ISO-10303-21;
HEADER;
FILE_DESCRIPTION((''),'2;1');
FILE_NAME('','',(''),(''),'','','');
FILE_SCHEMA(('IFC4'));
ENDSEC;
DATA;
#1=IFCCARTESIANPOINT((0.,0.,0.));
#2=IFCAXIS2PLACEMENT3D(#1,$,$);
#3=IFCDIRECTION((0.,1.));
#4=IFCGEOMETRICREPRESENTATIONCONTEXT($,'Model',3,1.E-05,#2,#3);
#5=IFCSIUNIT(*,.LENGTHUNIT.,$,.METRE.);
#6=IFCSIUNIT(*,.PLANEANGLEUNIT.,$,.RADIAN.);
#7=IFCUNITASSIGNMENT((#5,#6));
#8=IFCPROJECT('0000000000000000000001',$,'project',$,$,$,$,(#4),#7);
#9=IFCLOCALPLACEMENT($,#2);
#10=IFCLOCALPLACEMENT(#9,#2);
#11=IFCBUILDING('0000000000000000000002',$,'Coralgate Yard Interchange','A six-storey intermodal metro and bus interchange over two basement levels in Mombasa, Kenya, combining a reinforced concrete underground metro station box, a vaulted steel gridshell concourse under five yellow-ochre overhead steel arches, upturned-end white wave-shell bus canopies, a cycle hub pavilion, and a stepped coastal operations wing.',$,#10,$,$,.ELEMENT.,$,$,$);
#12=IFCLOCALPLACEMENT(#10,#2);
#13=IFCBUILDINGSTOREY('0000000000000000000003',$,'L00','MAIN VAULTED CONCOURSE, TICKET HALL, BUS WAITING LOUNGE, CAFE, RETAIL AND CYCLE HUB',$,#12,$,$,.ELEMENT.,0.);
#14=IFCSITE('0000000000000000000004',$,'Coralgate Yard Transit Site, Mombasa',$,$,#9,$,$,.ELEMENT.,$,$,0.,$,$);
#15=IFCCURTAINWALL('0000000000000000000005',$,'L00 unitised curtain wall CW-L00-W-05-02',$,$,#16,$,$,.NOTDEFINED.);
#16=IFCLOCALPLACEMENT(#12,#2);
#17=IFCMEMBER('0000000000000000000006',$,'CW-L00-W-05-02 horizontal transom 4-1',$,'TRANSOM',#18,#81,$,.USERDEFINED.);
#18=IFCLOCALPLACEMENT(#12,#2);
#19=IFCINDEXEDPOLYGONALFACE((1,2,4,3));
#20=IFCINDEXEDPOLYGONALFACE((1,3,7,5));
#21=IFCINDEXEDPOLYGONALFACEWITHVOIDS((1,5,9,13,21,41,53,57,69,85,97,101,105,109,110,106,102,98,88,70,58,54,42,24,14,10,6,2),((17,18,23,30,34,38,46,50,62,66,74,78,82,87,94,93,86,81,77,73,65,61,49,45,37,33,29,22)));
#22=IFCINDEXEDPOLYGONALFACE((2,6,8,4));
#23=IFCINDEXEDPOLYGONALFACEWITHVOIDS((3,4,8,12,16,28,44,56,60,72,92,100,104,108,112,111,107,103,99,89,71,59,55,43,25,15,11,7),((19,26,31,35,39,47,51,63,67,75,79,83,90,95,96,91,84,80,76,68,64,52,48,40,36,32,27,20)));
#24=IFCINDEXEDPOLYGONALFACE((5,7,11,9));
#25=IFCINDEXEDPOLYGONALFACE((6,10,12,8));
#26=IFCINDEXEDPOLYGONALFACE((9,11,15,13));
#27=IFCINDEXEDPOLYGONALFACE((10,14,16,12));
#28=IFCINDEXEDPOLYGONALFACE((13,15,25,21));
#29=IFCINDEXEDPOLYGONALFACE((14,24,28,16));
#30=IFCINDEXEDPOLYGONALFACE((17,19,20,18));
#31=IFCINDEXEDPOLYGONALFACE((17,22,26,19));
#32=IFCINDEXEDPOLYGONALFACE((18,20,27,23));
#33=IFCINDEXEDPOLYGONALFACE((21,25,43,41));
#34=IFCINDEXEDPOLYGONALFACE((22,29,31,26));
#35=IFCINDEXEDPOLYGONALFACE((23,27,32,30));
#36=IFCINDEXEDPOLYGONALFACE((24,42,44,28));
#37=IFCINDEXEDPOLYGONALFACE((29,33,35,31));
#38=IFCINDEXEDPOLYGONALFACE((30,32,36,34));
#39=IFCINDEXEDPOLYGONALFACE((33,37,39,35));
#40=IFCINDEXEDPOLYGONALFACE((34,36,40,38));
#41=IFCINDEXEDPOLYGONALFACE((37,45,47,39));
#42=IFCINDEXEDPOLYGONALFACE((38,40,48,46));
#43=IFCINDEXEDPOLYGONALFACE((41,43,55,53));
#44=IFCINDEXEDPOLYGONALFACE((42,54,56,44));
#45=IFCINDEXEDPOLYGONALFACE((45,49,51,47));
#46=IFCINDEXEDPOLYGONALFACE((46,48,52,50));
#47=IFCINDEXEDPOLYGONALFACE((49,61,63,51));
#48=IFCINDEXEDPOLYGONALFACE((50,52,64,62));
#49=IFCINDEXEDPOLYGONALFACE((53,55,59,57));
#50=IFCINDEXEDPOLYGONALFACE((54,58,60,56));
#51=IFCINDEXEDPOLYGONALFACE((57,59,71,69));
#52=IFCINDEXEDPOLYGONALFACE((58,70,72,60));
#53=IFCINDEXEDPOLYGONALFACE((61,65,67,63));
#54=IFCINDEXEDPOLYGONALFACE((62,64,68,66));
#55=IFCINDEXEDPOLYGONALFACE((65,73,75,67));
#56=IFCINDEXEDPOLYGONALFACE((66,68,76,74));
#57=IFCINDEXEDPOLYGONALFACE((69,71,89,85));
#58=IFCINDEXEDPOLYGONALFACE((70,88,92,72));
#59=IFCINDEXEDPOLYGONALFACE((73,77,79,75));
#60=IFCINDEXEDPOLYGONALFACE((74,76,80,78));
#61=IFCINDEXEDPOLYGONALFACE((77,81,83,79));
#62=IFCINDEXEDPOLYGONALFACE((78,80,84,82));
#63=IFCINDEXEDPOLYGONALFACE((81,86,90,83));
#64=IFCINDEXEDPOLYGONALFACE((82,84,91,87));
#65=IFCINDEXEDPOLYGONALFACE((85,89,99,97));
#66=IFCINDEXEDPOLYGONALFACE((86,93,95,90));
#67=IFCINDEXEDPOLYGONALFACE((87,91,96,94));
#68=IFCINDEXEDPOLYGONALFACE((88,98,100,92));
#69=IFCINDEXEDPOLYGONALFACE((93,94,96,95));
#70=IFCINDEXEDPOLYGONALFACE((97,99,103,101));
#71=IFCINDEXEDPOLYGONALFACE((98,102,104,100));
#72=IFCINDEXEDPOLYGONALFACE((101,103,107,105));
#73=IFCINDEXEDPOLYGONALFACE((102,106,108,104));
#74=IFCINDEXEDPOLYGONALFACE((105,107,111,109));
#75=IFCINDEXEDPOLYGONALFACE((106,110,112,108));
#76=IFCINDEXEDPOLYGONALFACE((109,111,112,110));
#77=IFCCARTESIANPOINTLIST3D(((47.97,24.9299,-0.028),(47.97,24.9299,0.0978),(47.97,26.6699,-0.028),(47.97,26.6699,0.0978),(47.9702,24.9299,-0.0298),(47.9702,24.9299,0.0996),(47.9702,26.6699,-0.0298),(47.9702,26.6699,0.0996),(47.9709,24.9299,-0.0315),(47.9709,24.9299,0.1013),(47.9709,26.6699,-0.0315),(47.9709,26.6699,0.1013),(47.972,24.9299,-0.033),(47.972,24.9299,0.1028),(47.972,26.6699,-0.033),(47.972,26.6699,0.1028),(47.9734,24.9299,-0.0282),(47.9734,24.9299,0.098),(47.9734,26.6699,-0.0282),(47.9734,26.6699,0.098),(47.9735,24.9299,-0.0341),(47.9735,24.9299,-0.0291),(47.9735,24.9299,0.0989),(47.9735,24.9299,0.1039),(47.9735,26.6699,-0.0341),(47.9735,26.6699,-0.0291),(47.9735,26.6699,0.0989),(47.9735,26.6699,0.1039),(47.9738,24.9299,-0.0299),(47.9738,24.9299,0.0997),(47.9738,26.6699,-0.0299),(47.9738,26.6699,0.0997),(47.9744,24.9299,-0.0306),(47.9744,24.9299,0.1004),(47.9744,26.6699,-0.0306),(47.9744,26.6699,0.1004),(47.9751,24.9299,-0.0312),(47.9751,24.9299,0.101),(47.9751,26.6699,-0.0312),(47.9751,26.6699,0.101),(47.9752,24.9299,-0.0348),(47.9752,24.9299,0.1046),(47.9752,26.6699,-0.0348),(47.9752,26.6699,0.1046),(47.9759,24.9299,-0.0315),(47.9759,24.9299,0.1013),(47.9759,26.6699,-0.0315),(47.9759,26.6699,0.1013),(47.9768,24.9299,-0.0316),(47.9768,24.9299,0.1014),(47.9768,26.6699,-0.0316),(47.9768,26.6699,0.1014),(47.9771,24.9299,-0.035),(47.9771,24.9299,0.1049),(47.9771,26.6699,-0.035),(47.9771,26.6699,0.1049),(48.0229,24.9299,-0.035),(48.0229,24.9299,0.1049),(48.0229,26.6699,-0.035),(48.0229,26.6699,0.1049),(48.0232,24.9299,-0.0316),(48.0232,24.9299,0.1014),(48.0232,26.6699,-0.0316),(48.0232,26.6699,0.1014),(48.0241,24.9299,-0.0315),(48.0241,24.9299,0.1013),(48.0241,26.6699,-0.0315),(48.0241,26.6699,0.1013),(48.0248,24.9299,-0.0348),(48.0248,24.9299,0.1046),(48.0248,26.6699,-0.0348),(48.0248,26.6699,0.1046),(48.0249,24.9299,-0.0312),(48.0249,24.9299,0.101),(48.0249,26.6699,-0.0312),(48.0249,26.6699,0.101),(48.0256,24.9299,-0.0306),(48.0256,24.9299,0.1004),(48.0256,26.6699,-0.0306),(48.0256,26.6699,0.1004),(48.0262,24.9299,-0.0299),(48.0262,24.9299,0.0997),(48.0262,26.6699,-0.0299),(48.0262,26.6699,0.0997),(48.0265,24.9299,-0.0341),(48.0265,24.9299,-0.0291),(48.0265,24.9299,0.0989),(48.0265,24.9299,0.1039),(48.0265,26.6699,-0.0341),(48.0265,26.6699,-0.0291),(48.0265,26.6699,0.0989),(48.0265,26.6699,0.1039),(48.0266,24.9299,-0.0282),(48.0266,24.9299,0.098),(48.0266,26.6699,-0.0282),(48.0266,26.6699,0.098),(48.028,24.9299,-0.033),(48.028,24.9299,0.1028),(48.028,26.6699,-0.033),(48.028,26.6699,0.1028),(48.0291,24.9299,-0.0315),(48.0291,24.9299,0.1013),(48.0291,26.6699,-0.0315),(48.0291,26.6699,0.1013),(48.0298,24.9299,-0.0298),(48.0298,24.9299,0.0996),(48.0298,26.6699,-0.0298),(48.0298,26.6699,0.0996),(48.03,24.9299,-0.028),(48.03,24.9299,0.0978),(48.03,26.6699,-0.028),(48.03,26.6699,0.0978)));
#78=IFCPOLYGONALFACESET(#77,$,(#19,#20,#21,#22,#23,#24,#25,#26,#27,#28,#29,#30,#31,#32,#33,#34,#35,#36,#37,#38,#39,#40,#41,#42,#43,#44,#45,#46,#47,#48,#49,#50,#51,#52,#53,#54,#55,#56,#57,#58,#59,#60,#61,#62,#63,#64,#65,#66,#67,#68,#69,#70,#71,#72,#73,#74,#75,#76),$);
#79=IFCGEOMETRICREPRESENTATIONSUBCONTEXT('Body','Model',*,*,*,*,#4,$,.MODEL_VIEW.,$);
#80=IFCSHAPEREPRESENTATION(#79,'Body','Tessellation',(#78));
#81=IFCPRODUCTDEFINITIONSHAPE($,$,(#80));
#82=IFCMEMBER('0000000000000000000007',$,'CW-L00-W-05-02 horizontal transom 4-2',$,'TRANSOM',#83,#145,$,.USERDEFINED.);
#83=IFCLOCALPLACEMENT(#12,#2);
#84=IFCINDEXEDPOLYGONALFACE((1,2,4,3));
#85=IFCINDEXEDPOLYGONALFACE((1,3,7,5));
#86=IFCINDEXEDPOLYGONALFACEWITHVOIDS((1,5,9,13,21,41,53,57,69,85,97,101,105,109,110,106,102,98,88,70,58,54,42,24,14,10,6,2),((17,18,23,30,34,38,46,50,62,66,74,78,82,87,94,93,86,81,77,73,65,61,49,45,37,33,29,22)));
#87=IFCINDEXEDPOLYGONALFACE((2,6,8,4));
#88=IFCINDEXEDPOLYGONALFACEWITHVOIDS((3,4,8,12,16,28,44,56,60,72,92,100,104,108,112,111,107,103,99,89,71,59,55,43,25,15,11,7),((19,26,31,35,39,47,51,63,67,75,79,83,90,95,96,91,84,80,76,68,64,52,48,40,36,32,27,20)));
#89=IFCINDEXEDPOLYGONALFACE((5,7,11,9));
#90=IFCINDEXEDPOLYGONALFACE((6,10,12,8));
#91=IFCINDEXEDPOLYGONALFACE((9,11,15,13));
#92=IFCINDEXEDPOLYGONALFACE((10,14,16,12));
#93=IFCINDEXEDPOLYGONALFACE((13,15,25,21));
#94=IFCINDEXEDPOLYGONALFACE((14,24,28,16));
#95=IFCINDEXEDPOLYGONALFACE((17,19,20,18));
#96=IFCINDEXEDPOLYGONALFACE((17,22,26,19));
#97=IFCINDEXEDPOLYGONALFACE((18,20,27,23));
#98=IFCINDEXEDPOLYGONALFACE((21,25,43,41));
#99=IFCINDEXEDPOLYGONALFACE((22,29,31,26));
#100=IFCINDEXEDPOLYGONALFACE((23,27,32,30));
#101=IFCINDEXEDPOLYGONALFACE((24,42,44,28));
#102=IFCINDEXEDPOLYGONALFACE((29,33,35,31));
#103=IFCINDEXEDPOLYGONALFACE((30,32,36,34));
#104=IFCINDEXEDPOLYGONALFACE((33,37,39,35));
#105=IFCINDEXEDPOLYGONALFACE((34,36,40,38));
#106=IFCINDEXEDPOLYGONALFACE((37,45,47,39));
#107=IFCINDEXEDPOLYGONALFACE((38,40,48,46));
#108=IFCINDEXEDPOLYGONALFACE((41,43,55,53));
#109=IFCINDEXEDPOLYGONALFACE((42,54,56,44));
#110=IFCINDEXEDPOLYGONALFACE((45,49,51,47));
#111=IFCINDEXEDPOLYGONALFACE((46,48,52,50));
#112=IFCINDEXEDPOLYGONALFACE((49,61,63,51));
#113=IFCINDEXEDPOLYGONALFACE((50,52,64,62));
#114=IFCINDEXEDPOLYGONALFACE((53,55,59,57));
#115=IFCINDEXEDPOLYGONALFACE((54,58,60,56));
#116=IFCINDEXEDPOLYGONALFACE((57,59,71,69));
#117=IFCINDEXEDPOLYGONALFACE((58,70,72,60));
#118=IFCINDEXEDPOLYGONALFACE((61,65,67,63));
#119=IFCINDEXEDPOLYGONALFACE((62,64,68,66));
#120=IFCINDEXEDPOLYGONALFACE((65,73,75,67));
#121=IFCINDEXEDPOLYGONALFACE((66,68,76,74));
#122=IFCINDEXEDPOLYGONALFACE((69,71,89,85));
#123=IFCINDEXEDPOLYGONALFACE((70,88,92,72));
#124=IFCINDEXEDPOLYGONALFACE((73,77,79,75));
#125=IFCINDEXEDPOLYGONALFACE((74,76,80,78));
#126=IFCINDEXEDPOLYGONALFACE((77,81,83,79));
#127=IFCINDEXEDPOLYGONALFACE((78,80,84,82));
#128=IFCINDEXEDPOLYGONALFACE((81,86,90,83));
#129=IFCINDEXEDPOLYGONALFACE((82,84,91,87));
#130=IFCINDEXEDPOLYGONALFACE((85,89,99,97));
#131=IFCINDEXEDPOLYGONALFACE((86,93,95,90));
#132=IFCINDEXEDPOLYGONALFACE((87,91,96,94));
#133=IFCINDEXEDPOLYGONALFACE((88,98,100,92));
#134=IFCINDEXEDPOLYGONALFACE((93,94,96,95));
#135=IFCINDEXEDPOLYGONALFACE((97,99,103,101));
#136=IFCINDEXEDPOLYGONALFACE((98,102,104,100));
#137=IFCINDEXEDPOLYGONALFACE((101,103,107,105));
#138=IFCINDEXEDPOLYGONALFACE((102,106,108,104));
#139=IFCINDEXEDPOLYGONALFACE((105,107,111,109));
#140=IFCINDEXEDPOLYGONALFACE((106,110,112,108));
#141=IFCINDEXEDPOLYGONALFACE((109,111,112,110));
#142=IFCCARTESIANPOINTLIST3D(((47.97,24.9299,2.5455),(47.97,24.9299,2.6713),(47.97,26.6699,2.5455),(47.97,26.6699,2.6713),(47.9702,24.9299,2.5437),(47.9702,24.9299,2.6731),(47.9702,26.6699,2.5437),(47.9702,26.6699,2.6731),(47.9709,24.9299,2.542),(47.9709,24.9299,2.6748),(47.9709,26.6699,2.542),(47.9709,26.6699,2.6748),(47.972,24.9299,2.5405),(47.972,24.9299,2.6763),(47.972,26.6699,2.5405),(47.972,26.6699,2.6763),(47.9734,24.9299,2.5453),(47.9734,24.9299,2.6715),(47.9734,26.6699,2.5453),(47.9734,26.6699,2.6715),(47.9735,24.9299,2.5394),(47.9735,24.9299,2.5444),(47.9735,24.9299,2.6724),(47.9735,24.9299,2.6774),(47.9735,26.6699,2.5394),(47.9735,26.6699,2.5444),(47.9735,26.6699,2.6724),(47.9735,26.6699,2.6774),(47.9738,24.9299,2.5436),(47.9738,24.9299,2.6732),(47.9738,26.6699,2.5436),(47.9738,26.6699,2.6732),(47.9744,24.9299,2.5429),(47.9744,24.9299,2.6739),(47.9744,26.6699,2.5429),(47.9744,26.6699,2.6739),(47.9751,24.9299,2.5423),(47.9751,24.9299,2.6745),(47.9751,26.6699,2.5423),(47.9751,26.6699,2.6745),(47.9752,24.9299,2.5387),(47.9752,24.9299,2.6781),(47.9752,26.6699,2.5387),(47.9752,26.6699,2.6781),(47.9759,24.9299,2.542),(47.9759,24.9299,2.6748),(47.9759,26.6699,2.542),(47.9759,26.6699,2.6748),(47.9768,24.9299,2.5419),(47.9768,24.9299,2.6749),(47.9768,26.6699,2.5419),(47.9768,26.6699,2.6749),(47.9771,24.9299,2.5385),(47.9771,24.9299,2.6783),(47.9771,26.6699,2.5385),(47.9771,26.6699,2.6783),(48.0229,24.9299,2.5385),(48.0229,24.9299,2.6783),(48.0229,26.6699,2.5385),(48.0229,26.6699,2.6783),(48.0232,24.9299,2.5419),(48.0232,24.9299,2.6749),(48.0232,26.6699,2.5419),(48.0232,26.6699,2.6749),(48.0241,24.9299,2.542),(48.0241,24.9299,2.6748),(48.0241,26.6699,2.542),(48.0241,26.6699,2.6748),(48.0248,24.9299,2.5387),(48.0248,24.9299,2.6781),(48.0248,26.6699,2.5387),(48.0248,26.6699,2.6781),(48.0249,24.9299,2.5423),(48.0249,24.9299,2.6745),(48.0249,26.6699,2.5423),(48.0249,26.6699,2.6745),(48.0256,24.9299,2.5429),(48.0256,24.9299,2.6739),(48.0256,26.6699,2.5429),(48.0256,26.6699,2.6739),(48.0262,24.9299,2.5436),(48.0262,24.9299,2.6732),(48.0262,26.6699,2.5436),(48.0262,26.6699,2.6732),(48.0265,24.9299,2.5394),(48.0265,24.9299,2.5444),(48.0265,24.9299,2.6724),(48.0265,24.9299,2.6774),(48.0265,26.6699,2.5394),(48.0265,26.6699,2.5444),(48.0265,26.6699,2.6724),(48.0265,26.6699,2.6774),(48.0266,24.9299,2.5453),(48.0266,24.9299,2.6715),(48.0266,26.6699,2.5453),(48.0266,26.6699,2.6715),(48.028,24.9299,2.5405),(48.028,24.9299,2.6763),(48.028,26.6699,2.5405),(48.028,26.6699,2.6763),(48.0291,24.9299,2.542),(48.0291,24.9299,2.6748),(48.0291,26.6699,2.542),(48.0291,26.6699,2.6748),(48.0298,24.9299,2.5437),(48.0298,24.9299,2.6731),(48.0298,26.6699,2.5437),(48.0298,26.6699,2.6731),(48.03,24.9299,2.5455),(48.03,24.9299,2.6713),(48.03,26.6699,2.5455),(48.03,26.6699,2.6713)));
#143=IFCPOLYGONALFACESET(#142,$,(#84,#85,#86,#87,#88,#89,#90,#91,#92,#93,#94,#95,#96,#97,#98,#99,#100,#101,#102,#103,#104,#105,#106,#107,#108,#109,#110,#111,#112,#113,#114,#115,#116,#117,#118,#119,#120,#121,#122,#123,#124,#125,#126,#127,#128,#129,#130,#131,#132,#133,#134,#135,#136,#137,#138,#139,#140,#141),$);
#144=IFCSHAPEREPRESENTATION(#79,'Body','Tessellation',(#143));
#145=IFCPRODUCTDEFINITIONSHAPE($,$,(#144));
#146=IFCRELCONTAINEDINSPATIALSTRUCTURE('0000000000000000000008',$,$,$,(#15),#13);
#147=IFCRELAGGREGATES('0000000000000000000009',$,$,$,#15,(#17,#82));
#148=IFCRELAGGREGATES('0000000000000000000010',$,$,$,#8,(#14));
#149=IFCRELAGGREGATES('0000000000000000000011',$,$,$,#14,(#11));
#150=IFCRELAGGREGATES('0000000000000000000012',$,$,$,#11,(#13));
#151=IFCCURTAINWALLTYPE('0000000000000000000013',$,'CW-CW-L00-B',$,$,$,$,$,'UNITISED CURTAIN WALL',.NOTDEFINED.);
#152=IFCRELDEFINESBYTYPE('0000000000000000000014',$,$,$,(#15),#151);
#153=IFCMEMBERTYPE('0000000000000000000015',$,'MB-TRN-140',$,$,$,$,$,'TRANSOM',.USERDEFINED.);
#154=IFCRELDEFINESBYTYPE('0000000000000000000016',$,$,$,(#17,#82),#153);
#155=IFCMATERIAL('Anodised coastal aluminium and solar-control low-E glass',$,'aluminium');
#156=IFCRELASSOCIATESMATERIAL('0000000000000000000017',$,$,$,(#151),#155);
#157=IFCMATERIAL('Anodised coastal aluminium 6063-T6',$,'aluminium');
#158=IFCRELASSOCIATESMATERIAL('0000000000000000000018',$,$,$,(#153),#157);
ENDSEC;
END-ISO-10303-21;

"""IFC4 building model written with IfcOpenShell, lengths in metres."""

from ifc_helpers import new_model, si_unit, direction, frame, origin, origin_2d, place, context, subcontext, project, spatial, hollow_rectangle, extrude, material, material_profile, profile_set, type_object, element, aggregate, save


model = new_model("IFC4")

# Units and contexts
model_context = context("Model", 3, precision=1e-05, world=origin(), true_north=direction((0.0, 1.0)))
body_context = subcontext(model_context, "Body", "Model", "MODEL_VIEW")
ifc_project = project(units=[si_unit("LENGTHUNIT", "METRE"), si_unit("PLANEANGLEUNIT", "RADIAN")], contexts=[model_context])

# Site, building, storey
site_placement = place(None, origin())
site = spatial("IfcSite", under=ifc_project, at=site_placement, Name="Coralgate Yard Transit Site, Mombasa", CompositionType="ELEMENT", RefElevation=0.0)
building_placement = place(site_placement, origin())
building = spatial("IfcBuilding", under=site, at=building_placement, Name="Coralgate Yard Interchange", Description="A six-storey intermodal metro and bus interchange over two basement levels in Mombasa, Kenya, combining a reinforced concrete underground metro station box, a vaulted steel gridshell concourse under five yellow-ochre overhead steel arches, upturned-end white wave-shell bus canopies, a cycle hub pavilion, and a stepped coastal operations wing.", CompositionType="ELEMENT")
storey_placement = place(building_placement, origin())
storey = spatial("IfcBuildingStorey", under=building, at=storey_placement, Name="L00", Description="MAIN VAULTED CONCOURSE, TICKET HALL, BUS WAITING LOUNGE, CAFE, RETAIL AND CYCLE HUB", CompositionType="ELEMENT", Elevation=0.0)

# Curtain wall
ifc_material_1 = material(Name="Anodised coastal aluminium and solar-control low-E glass", Category="aluminium")
curtain_wall_type_1 = type_object("IfcCurtainWallType", Name="CW-CW-L00-B", ElementType="UNITISED CURTAIN WALL", PredefinedType="NOTDEFINED", material=ifc_material_1)
curtain_wall_1_placement = place(storey_placement, origin())
curtain_wall_1 = element("IfcCurtainWall", 1, at=curtain_wall_1_placement, inside=storey, type_object=curtain_wall_type_1, Name="L00 unitised curtain wall CW-L00-W-05-02", PredefinedType="NOTDEFINED")
ifc_material_2 = material(Name="Anodised coastal aluminium 6063-T6", Category="aluminium")

# Members
ifc_material_profile_1 = material_profile(ifc_material_2, hollow_rectangle(XDim=0.0601, YDim=0.1399, WallThickness=0.0034, InnerFilletRadius=0.0034, OuterFilletRadius=0.0071, at=origin_2d()), Name="ALU 60x140x3.5")
ifc_profile_set_1 = profile_set([ifc_material_profile_1], Name="Anodised coastal aluminium 6063-T6")
member_type_1 = type_object("IfcMemberType", Name="MB-TRN-140", ElementType="TRANSOM", PredefinedType="USERDEFINED", material=ifc_profile_set_1)
member_1_placement = place(storey_placement, frame((48.0, 24.9299, 0.0349), z_axis=(0.0, 1.0, 0.0), x_axis=(-1.0, 0.0, 0.0)))
member_1 = element("IfcMember", 2, at=member_1_placement, type_object=member_type_1, Name="CW-L00-W-05-02 horizontal transom 4-1", ObjectType="TRANSOM", PredefinedType="USERDEFINED", context=body_context, shape_type="SweptSolid", body=[
    extrude(hollow_rectangle(XDim=0.0601, YDim=0.1399, WallThickness=0.0034, InnerFilletRadius=0.0034, OuterFilletRadius=0.0071, at=origin_2d()), origin(), (0.0, 0.0, 1.0), 1.74),
])
member_2_placement = place(storey_placement, frame((48.0, 24.9299, 2.6084), z_axis=(0.0, 1.0, 0.0), x_axis=(-1.0, 0.0, 0.0)))
member_2 = element("IfcMember", 3, at=member_2_placement, type_object=member_type_1, Name="CW-L00-W-05-02 horizontal transom 4-2", ObjectType="TRANSOM", PredefinedType="USERDEFINED", context=body_context, shape_type="SweptSolid", body=[
    extrude(hollow_rectangle(XDim=0.0601, YDim=0.1399, WallThickness=0.0034, InnerFilletRadius=0.0034, OuterFilletRadius=0.0071, at=origin_2d()), origin(), (0.0, 0.0, 1.0), 1.74),
])

aggregate(curtain_wall_1, [member_1, member_2])

save(model, "model.ifc")
